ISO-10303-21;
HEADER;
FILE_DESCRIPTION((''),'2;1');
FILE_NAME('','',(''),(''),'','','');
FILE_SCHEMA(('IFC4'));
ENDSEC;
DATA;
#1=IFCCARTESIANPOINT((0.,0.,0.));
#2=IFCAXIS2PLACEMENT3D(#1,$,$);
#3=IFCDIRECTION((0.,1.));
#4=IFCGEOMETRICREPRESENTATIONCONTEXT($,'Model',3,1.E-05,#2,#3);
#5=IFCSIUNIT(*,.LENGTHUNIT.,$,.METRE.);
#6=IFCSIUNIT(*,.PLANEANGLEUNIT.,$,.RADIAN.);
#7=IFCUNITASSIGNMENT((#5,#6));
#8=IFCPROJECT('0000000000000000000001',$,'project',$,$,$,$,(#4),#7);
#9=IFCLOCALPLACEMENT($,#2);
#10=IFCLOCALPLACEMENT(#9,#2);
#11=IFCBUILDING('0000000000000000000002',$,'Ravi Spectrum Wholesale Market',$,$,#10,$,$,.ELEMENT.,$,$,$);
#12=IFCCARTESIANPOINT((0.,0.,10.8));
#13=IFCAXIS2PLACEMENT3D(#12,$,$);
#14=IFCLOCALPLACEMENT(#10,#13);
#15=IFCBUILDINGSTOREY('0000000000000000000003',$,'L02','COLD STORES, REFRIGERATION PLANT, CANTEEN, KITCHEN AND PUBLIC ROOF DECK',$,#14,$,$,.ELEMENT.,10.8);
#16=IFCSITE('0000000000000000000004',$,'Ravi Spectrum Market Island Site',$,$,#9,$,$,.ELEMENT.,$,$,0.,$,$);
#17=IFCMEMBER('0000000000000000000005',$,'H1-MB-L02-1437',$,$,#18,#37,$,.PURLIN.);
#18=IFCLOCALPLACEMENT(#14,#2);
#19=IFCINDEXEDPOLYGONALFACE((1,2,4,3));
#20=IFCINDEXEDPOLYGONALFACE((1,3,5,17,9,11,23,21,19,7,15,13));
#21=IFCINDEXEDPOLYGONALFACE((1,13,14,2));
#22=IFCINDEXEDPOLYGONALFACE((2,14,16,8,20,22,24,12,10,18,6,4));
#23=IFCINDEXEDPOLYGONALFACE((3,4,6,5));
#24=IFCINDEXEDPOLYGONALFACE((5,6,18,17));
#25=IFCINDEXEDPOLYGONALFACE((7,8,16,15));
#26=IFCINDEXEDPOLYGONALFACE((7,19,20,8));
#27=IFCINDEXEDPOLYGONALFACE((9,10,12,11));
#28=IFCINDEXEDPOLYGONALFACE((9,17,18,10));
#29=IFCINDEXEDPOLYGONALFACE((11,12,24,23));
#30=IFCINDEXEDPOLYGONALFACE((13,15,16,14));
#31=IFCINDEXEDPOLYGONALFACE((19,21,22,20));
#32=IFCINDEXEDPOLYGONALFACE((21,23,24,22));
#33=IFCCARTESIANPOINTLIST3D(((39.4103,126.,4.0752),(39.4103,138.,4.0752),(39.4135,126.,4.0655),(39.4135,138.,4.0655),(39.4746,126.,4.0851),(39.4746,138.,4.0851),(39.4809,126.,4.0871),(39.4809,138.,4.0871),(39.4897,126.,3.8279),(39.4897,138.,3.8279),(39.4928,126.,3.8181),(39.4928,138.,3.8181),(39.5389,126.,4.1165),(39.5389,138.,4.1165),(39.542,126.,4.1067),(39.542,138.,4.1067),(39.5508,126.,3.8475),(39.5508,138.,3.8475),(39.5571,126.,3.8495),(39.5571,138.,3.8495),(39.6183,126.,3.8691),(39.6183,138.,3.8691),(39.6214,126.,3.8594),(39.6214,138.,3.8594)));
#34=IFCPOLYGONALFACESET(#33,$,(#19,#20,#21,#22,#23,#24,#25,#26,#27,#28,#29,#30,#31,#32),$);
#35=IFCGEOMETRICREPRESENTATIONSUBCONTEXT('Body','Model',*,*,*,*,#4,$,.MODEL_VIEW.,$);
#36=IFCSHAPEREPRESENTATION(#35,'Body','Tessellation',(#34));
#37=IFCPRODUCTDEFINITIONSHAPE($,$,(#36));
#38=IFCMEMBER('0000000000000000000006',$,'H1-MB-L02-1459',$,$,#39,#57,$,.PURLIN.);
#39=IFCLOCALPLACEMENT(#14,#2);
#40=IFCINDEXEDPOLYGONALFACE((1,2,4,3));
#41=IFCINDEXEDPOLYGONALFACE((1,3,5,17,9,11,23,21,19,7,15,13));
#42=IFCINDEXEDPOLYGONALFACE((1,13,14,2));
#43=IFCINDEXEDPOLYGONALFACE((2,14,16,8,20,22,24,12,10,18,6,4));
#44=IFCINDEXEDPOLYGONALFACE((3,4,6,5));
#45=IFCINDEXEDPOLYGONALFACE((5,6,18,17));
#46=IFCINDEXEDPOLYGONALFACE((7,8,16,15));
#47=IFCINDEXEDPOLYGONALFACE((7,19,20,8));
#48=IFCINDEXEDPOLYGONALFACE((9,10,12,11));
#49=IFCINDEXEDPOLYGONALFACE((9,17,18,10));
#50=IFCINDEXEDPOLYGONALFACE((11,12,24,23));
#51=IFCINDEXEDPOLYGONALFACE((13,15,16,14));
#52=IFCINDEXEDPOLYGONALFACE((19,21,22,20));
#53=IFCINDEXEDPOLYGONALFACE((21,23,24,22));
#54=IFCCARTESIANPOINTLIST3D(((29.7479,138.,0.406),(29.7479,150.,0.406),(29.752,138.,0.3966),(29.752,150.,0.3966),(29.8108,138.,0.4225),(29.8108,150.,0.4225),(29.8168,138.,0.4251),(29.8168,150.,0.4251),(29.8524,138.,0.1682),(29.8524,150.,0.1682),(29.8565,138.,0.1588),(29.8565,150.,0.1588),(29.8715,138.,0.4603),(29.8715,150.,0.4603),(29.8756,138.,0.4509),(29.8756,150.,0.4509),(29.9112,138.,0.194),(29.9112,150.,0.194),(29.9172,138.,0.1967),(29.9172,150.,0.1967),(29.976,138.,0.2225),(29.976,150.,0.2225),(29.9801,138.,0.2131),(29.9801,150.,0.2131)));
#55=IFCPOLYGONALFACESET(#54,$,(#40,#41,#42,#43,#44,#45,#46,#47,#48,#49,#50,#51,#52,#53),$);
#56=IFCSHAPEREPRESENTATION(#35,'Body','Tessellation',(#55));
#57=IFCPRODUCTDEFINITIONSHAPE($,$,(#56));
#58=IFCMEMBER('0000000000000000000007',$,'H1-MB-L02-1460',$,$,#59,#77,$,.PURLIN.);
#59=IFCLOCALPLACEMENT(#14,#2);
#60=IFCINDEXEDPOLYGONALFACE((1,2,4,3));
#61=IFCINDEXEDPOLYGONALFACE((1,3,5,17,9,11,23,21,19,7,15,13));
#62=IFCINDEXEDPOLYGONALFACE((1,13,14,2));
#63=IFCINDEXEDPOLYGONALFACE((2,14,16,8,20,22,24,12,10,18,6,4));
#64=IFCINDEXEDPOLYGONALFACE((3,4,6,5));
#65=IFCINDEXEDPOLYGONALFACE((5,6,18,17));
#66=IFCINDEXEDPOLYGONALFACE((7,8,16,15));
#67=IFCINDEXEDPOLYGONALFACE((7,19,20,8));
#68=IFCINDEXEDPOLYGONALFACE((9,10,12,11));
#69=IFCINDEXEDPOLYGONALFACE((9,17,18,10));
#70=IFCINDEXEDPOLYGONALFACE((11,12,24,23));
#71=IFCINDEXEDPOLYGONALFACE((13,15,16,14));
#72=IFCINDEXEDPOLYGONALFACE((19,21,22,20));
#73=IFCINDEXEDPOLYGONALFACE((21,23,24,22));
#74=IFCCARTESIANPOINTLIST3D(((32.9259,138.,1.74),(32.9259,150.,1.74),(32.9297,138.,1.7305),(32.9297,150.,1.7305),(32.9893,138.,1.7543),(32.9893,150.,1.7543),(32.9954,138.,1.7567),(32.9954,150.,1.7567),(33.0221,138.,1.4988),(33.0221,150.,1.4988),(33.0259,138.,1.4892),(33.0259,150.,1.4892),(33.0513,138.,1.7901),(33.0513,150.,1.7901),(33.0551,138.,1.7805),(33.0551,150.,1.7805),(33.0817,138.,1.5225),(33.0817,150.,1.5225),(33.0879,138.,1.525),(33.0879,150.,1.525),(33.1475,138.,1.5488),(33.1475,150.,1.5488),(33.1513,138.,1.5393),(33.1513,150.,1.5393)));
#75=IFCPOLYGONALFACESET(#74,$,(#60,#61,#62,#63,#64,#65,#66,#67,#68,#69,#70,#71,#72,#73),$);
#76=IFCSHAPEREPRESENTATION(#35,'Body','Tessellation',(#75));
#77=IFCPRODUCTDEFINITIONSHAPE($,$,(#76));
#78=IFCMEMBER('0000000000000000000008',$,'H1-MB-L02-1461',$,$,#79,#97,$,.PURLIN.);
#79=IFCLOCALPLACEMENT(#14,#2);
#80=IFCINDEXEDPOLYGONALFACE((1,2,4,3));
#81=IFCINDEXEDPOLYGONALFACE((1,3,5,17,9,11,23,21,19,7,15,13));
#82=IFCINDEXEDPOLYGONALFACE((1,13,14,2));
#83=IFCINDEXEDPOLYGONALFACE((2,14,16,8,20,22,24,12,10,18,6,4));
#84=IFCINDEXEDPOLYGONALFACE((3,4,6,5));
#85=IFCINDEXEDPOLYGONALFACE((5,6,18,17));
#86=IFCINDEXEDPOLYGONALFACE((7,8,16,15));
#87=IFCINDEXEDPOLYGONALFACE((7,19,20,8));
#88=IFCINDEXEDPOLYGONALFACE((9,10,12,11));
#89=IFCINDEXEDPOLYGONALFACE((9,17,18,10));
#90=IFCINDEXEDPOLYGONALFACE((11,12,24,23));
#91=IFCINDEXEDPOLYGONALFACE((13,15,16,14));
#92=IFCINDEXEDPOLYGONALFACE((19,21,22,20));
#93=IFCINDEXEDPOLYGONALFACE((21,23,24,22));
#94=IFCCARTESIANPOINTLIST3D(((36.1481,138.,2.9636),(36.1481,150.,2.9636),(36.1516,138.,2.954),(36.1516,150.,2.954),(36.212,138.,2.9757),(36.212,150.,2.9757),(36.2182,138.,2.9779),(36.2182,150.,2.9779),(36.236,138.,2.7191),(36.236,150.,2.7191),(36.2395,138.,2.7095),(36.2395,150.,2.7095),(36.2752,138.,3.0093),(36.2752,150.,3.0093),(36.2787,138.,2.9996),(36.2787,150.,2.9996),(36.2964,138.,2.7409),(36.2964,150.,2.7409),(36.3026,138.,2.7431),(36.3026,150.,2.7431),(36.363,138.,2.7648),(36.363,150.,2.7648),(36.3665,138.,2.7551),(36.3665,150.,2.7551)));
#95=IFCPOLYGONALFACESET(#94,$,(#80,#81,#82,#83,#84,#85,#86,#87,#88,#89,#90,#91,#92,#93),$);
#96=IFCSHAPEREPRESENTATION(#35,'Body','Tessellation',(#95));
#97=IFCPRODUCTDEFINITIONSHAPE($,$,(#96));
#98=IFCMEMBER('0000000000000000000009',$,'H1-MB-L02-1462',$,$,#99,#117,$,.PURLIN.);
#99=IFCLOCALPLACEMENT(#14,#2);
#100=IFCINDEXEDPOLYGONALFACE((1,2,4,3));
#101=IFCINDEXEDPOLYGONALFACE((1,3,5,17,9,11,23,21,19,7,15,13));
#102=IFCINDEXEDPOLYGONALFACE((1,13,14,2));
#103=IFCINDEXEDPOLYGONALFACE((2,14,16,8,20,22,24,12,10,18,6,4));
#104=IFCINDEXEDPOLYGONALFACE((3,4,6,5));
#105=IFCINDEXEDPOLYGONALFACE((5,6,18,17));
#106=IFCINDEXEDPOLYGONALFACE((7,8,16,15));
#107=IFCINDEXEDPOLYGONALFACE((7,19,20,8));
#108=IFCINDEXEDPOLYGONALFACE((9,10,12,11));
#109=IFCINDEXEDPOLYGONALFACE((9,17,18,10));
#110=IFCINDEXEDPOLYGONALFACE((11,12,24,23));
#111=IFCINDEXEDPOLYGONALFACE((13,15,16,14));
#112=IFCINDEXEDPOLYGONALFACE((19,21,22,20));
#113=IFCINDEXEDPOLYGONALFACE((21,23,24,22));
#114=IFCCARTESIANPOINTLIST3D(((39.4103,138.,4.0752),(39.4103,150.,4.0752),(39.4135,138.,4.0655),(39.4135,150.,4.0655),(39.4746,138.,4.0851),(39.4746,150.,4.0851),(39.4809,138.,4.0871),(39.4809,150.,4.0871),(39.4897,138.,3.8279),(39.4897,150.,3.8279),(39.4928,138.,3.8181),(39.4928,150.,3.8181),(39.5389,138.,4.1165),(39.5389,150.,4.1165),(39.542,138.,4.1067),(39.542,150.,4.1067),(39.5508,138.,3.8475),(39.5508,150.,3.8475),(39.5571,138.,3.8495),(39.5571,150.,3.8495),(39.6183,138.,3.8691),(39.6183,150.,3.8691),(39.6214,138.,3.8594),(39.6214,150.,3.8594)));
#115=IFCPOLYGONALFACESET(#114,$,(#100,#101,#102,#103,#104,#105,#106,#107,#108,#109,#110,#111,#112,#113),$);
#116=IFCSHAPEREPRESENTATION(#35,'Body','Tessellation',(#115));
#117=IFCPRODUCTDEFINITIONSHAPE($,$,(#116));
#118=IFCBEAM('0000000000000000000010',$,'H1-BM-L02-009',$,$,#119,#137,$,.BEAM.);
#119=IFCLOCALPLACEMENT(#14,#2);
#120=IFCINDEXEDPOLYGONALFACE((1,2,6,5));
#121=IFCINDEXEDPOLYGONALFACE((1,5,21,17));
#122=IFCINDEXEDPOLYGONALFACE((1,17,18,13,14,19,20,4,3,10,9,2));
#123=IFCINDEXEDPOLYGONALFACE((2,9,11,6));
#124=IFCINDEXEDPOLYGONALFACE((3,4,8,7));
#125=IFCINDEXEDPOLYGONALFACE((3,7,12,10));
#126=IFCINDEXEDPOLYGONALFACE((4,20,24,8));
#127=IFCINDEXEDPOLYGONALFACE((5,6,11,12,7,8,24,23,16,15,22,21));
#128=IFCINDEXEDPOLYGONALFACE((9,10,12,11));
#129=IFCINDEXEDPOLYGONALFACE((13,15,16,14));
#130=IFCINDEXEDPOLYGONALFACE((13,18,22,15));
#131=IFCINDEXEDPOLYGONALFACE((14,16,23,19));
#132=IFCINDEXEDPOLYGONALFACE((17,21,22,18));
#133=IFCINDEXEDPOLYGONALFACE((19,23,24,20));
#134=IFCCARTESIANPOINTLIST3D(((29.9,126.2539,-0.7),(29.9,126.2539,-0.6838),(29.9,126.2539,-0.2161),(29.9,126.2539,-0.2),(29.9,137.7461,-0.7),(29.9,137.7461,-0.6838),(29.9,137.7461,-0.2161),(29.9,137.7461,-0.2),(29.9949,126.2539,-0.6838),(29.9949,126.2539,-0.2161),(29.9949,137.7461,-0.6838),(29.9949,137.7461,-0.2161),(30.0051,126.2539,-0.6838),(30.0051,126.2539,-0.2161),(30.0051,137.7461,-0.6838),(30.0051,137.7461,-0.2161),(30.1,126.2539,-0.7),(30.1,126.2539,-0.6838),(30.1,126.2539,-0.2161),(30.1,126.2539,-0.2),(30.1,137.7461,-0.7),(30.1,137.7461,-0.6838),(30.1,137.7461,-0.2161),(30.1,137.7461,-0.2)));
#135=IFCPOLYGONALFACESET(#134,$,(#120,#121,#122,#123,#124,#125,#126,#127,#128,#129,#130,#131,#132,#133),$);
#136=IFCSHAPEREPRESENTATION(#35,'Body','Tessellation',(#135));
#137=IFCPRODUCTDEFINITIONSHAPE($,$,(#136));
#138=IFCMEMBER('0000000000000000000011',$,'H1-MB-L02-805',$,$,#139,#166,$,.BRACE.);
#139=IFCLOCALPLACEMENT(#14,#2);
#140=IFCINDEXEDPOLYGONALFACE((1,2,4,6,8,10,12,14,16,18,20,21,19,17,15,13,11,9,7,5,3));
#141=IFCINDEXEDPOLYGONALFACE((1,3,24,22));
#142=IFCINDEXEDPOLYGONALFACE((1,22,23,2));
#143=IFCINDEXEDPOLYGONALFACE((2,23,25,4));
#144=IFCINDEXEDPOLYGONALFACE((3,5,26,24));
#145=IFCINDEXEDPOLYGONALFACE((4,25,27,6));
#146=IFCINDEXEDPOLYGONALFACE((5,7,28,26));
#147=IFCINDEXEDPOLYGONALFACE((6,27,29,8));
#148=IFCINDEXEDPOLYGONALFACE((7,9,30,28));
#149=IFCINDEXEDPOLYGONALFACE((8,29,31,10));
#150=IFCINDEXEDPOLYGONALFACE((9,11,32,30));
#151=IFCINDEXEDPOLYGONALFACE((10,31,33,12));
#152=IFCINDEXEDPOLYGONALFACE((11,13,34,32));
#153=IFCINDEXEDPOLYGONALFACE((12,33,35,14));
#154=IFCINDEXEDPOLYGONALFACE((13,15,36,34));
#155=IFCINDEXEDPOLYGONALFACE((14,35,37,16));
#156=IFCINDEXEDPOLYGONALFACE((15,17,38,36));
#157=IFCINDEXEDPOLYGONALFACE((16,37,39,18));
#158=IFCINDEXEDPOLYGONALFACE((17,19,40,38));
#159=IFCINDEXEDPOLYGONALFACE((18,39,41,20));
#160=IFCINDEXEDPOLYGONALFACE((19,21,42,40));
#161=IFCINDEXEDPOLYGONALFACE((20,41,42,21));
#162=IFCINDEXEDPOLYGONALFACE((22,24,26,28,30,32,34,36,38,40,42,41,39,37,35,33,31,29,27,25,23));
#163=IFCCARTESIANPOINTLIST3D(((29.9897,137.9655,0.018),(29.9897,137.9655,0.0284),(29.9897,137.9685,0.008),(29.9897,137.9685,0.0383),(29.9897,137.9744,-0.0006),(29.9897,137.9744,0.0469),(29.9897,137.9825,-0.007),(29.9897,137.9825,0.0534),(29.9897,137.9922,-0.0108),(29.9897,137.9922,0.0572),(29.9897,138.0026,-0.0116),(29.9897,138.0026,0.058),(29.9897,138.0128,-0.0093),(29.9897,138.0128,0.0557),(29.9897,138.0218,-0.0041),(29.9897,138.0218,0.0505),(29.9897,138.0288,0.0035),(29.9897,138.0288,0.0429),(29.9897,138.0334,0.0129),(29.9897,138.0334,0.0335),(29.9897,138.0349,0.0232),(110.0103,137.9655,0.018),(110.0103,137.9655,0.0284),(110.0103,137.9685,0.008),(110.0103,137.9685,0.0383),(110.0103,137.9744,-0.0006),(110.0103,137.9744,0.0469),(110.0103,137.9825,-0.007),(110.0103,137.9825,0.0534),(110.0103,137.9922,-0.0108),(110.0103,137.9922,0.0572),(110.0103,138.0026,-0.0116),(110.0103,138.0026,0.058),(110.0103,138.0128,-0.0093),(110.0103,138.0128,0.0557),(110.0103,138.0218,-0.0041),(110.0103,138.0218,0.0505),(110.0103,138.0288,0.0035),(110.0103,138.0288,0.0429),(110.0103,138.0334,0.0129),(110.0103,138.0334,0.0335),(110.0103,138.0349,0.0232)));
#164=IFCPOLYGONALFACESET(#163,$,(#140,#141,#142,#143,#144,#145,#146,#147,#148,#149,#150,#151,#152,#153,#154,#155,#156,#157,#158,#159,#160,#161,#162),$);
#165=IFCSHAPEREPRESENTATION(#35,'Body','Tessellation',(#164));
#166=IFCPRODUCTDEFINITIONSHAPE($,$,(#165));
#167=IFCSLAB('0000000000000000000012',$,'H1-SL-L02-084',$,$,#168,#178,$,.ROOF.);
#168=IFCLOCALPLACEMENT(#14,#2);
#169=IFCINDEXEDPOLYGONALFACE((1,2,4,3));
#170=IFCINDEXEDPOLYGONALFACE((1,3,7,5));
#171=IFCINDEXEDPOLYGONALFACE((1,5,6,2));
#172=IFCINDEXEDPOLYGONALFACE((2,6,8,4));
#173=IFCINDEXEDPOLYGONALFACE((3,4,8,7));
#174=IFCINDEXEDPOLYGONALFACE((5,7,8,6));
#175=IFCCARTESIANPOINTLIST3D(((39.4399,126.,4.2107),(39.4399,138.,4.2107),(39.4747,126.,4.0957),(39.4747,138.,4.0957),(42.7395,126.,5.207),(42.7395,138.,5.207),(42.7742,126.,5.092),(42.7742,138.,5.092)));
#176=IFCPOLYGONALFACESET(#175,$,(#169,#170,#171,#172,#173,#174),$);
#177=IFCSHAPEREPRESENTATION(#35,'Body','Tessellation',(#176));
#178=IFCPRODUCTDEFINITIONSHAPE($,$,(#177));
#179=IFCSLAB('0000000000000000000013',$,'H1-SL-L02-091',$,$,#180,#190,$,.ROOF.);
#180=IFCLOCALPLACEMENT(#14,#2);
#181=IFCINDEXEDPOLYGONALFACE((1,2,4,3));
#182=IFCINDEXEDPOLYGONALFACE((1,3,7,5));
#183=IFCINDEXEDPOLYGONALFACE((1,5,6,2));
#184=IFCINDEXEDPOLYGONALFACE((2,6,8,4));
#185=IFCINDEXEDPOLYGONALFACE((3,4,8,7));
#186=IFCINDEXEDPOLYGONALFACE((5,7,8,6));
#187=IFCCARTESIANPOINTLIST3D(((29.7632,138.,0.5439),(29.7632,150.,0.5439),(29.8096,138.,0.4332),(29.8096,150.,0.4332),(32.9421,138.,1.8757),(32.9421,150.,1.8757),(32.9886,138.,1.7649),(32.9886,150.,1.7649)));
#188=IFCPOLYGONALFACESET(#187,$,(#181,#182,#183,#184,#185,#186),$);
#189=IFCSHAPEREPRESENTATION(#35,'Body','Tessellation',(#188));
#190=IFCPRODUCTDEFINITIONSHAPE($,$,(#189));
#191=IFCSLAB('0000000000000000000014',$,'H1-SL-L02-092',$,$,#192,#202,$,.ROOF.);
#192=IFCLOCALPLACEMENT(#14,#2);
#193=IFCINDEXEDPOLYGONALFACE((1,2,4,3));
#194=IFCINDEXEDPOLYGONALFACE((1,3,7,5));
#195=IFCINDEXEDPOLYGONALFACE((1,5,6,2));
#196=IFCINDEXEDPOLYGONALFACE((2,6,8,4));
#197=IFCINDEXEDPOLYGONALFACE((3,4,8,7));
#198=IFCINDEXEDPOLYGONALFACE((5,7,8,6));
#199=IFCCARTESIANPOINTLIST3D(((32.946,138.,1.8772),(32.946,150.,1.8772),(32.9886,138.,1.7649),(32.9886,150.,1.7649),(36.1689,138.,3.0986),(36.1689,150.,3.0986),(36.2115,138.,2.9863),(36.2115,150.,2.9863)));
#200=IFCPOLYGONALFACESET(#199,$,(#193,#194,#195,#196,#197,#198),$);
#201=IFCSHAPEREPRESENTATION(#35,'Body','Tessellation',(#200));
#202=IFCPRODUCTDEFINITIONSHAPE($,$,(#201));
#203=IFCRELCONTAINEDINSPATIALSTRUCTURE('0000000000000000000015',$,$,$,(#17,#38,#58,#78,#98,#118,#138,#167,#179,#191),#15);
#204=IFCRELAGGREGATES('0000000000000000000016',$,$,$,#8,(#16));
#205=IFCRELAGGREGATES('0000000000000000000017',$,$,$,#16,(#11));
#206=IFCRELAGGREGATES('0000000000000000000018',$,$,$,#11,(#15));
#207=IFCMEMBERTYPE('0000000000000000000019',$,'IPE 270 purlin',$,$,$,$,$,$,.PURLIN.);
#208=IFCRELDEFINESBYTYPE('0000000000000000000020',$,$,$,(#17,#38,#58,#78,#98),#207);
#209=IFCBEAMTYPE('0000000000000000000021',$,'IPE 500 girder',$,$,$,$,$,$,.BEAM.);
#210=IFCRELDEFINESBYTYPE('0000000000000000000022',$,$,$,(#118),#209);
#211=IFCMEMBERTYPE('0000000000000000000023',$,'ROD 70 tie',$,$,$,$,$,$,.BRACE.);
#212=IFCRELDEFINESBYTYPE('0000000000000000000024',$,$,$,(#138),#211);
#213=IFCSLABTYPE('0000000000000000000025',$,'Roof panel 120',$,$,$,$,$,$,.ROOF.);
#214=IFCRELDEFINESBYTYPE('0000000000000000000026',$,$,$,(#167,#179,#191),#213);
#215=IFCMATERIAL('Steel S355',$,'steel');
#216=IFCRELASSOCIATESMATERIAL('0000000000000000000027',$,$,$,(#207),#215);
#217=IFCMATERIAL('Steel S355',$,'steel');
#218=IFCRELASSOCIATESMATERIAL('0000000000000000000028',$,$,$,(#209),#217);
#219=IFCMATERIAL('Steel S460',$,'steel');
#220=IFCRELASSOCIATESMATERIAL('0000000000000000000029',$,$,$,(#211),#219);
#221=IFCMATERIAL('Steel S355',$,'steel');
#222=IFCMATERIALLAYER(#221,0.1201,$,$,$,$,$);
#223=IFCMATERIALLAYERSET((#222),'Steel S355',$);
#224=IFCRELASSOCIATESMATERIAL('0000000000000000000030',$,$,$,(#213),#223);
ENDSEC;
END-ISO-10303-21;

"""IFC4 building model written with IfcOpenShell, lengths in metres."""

from ifc_helpers import new_model, si_unit, direction, frame, origin, origin_2d, place, context, subcontext, project, spatial, polyline, circle, i_section, outline, extrude, material, layer, layer_set, material_profile, profile_set, type_object, element, save


model = new_model("IFC4")

# Units and contexts
model_context = context("Model", 3, precision=1e-05, world=origin(), true_north=direction((0.0, 1.0)))
body_context = subcontext(model_context, "Body", "Model", "MODEL_VIEW")
ifc_project = project(units=[si_unit("LENGTHUNIT", "METRE"), si_unit("PLANEANGLEUNIT", "RADIAN")], contexts=[model_context])

# Site, building, storey
site_placement = place(None, origin())
site = spatial("IfcSite", under=ifc_project, at=site_placement, Name="Ravi Spectrum Market Island Site", CompositionType="ELEMENT", RefElevation=0.0)
building_placement = place(site_placement, origin())
building = spatial("IfcBuilding", under=site, at=building_placement, Name="Ravi Spectrum Wholesale Market", CompositionType="ELEMENT")
storey_placement = place(building_placement, frame((0.0, 0.0, 10.8)))
storey = spatial("IfcBuildingStorey", under=building, at=storey_placement, Name="L02", Description="COLD STORES, REFRIGERATION PLANT, CANTEEN, KITCHEN AND PUBLIC ROOF DECK", CompositionType="ELEMENT", Elevation=10.8)

# Members
ifc_material_1 = material(Name="Steel S355", Category="steel")
ifc_material_profile_1 = material_profile(ifc_material_1, i_section(OverallWidth=0.135, OverallDepth=0.27, WebThickness=0.0066, FlangeThickness=0.0103, at=origin_2d()))
ifc_profile_set_1 = profile_set([ifc_material_profile_1], Name="Steel S355")
member_type_1 = type_object("IfcMemberType", Name="IPE 270 purlin", PredefinedType="PURLIN", material=ifc_profile_set_1)
for number, where, z_axis, x_axis, name in (
    (1, (39.5159, 126.0, 3.9673), (0.0, 1.0, 0.0), (-0.952184, 0.0, -0.305524), "H1-MB-L02-1437"),
    (2, (29.864, 138.0, 0.3096), (0.0, 1.0, 0.0), (-0.915525, 0.0, -0.40226), "H1-MB-L02-1459"),
    (3, (33.0386, 138.0, 1.6396), (0.0, 1.0, 0.0), (-0.928855, 0.0, -0.370443), "H1-MB-L02-1460"),
    (4, (36.2573, 138.0, 2.8594), (0.0, 1.0, 0.0), (-0.94108, 0.0, -0.338184), "H1-MB-L02-1461"),
    (5, (39.5159, 138.0, 3.9673), (0.0, 1.0, 0.0), (-0.952184, 0.0, -0.305524), "H1-MB-L02-1462"),
):
    element("IfcMember", number, at=place(storey_placement, frame(where, z_axis=z_axis, x_axis=x_axis)), inside=storey, type_object=member_type_1, Name=name, PredefinedType="PURLIN", context=body_context, shape_type="SweptSolid", body=[
        extrude(i_section(OverallWidth=0.135, OverallDepth=0.27, WebThickness=0.0066, FlangeThickness=0.0103, at=origin_2d()), origin(), (0.0, 0.0, 1.0), 12.0),
    ])

# Beam
ifc_material_2 = material(Name="Steel S355", Category="steel")
ifc_material_profile_2 = material_profile(ifc_material_2, i_section(OverallWidth=0.2, OverallDepth=0.5, WebThickness=0.0103, FlangeThickness=0.0161, at=origin_2d()))
ifc_profile_set_2 = profile_set([ifc_material_profile_2], Name="Steel S355")
beam_type = type_object("IfcBeamType", Name="IPE 500 girder", PredefinedType="BEAM", material=ifc_profile_set_2)
beam_placement = place(storey_placement, frame((30.0, 126.2539, -0.45), z_axis=(0.0, 1.0, 0.0), x_axis=(-1.0, 0.0, 0.0)))
element("IfcBeam", 6, at=beam_placement, inside=storey, type_object=beam_type, Name="H1-BM-L02-009", PredefinedType="BEAM", context=body_context, shape_type="SweptSolid", body=[
    extrude(i_section(OverallWidth=0.2, OverallDepth=0.5, WebThickness=0.0103, FlangeThickness=0.0161, at=origin_2d()), origin(), (0.0, 0.0, 1.0), 11.4922),
])

# Member
ifc_material_3 = material(Name="Steel S460", Category="steel")
ifc_material_profile_3 = material_profile(ifc_material_3, circle(Radius=0.0349, at=origin_2d()))
ifc_profile_set_3 = profile_set([ifc_material_profile_3], Name="Steel S460")
member_type_2 = type_object("IfcMemberType", Name="ROD 70 tie", PredefinedType="BRACE", material=ifc_profile_set_3)
member_1_placement = place(storey_placement, frame((29.9897, 138.0, 0.0232), z_axis=(1.0, 0.0, 0.0), x_axis=(0.0, 1.0, 0.0)))
element("IfcMember", 7, at=member_1_placement, inside=storey, type_object=member_type_2, Name="H1-MB-L02-805", PredefinedType="BRACE", context=body_context, shape_type="SweptSolid", body=[
    extrude(circle(Radius=0.0349, at=origin_2d()), origin(), (0.0, 0.0, 1.0), 80.0205),
])

# Slabs
ifc_material_4 = material(Name="Steel S355", Category="steel")
ifc_layer_1 = layer(ifc_material_4, 0.1201)
ifc_layer_set_1 = layer_set([ifc_layer_1], Name="Steel S355")
slab_type = type_object("IfcSlabType", Name="Roof panel 120", PredefinedType="ROOF", material=ifc_layer_set_1)
slab_1_placement = place(storey_placement, frame((39.4399, 126.0, 4.2107), z_axis=(-0.28907, 0.0, 0.957308), x_axis=(0.957308, 0.0, 0.28907)))
element("IfcSlab", 8, at=slab_1_placement, inside=storey, type_object=slab_type, Name="H1-SL-L02-084", PredefinedType="ROOF", context=body_context, shape_type="SweptSolid", body=[
    extrude(outline(polyline([(0.0, 0.0), (3.4467, 0.0), (3.4467, 12.0), (0.0, 12.0), (0.0, 0.0)])), origin(), (0.0, 0.0, -1.0), 0.1201),
])
slab_2_placement = place(storey_placement, frame((29.7632, 138.0, 0.5439), z_axis=(-0.3864, 0.0, 0.922331), x_axis=(0.922331, 0.0, 0.3864)))
element("IfcSlab", 9, at=slab_2_placement, inside=storey, type_object=slab_type, Name="H1-SL-L02-091", PredefinedType="ROOF", context=body_context, shape_type="SweptSolid", body=[
    extrude(outline(polyline([(0.0, 0.0), (3.4467, 0.0), (3.4467, 12.0), (0.0, 12.0), (0.0, 0.0)])), origin(), (0.0, 0.0, -1.0), 0.1201),
])
slab_3_placement = place(storey_placement, frame((32.946, 138.0, 1.8772), z_axis=(-0.354389, 0.0, 0.935098), x_axis=(0.935098, 0.0, 0.354389)))
element("IfcSlab", 10, at=slab_3_placement, inside=storey, type_object=slab_type, Name="H1-SL-L02-092", PredefinedType="ROOF", context=body_context, shape_type="SweptSolid", body=[
    extrude(outline(polyline([(0.0, 0.0), (3.4466, 0.0), (3.4466, 12.0), (0.0, 12.0), (0.0, 0.0)])), origin(), (0.0, 0.0, -1.0), 0.1201),
])

save(model, "model.ifc")
